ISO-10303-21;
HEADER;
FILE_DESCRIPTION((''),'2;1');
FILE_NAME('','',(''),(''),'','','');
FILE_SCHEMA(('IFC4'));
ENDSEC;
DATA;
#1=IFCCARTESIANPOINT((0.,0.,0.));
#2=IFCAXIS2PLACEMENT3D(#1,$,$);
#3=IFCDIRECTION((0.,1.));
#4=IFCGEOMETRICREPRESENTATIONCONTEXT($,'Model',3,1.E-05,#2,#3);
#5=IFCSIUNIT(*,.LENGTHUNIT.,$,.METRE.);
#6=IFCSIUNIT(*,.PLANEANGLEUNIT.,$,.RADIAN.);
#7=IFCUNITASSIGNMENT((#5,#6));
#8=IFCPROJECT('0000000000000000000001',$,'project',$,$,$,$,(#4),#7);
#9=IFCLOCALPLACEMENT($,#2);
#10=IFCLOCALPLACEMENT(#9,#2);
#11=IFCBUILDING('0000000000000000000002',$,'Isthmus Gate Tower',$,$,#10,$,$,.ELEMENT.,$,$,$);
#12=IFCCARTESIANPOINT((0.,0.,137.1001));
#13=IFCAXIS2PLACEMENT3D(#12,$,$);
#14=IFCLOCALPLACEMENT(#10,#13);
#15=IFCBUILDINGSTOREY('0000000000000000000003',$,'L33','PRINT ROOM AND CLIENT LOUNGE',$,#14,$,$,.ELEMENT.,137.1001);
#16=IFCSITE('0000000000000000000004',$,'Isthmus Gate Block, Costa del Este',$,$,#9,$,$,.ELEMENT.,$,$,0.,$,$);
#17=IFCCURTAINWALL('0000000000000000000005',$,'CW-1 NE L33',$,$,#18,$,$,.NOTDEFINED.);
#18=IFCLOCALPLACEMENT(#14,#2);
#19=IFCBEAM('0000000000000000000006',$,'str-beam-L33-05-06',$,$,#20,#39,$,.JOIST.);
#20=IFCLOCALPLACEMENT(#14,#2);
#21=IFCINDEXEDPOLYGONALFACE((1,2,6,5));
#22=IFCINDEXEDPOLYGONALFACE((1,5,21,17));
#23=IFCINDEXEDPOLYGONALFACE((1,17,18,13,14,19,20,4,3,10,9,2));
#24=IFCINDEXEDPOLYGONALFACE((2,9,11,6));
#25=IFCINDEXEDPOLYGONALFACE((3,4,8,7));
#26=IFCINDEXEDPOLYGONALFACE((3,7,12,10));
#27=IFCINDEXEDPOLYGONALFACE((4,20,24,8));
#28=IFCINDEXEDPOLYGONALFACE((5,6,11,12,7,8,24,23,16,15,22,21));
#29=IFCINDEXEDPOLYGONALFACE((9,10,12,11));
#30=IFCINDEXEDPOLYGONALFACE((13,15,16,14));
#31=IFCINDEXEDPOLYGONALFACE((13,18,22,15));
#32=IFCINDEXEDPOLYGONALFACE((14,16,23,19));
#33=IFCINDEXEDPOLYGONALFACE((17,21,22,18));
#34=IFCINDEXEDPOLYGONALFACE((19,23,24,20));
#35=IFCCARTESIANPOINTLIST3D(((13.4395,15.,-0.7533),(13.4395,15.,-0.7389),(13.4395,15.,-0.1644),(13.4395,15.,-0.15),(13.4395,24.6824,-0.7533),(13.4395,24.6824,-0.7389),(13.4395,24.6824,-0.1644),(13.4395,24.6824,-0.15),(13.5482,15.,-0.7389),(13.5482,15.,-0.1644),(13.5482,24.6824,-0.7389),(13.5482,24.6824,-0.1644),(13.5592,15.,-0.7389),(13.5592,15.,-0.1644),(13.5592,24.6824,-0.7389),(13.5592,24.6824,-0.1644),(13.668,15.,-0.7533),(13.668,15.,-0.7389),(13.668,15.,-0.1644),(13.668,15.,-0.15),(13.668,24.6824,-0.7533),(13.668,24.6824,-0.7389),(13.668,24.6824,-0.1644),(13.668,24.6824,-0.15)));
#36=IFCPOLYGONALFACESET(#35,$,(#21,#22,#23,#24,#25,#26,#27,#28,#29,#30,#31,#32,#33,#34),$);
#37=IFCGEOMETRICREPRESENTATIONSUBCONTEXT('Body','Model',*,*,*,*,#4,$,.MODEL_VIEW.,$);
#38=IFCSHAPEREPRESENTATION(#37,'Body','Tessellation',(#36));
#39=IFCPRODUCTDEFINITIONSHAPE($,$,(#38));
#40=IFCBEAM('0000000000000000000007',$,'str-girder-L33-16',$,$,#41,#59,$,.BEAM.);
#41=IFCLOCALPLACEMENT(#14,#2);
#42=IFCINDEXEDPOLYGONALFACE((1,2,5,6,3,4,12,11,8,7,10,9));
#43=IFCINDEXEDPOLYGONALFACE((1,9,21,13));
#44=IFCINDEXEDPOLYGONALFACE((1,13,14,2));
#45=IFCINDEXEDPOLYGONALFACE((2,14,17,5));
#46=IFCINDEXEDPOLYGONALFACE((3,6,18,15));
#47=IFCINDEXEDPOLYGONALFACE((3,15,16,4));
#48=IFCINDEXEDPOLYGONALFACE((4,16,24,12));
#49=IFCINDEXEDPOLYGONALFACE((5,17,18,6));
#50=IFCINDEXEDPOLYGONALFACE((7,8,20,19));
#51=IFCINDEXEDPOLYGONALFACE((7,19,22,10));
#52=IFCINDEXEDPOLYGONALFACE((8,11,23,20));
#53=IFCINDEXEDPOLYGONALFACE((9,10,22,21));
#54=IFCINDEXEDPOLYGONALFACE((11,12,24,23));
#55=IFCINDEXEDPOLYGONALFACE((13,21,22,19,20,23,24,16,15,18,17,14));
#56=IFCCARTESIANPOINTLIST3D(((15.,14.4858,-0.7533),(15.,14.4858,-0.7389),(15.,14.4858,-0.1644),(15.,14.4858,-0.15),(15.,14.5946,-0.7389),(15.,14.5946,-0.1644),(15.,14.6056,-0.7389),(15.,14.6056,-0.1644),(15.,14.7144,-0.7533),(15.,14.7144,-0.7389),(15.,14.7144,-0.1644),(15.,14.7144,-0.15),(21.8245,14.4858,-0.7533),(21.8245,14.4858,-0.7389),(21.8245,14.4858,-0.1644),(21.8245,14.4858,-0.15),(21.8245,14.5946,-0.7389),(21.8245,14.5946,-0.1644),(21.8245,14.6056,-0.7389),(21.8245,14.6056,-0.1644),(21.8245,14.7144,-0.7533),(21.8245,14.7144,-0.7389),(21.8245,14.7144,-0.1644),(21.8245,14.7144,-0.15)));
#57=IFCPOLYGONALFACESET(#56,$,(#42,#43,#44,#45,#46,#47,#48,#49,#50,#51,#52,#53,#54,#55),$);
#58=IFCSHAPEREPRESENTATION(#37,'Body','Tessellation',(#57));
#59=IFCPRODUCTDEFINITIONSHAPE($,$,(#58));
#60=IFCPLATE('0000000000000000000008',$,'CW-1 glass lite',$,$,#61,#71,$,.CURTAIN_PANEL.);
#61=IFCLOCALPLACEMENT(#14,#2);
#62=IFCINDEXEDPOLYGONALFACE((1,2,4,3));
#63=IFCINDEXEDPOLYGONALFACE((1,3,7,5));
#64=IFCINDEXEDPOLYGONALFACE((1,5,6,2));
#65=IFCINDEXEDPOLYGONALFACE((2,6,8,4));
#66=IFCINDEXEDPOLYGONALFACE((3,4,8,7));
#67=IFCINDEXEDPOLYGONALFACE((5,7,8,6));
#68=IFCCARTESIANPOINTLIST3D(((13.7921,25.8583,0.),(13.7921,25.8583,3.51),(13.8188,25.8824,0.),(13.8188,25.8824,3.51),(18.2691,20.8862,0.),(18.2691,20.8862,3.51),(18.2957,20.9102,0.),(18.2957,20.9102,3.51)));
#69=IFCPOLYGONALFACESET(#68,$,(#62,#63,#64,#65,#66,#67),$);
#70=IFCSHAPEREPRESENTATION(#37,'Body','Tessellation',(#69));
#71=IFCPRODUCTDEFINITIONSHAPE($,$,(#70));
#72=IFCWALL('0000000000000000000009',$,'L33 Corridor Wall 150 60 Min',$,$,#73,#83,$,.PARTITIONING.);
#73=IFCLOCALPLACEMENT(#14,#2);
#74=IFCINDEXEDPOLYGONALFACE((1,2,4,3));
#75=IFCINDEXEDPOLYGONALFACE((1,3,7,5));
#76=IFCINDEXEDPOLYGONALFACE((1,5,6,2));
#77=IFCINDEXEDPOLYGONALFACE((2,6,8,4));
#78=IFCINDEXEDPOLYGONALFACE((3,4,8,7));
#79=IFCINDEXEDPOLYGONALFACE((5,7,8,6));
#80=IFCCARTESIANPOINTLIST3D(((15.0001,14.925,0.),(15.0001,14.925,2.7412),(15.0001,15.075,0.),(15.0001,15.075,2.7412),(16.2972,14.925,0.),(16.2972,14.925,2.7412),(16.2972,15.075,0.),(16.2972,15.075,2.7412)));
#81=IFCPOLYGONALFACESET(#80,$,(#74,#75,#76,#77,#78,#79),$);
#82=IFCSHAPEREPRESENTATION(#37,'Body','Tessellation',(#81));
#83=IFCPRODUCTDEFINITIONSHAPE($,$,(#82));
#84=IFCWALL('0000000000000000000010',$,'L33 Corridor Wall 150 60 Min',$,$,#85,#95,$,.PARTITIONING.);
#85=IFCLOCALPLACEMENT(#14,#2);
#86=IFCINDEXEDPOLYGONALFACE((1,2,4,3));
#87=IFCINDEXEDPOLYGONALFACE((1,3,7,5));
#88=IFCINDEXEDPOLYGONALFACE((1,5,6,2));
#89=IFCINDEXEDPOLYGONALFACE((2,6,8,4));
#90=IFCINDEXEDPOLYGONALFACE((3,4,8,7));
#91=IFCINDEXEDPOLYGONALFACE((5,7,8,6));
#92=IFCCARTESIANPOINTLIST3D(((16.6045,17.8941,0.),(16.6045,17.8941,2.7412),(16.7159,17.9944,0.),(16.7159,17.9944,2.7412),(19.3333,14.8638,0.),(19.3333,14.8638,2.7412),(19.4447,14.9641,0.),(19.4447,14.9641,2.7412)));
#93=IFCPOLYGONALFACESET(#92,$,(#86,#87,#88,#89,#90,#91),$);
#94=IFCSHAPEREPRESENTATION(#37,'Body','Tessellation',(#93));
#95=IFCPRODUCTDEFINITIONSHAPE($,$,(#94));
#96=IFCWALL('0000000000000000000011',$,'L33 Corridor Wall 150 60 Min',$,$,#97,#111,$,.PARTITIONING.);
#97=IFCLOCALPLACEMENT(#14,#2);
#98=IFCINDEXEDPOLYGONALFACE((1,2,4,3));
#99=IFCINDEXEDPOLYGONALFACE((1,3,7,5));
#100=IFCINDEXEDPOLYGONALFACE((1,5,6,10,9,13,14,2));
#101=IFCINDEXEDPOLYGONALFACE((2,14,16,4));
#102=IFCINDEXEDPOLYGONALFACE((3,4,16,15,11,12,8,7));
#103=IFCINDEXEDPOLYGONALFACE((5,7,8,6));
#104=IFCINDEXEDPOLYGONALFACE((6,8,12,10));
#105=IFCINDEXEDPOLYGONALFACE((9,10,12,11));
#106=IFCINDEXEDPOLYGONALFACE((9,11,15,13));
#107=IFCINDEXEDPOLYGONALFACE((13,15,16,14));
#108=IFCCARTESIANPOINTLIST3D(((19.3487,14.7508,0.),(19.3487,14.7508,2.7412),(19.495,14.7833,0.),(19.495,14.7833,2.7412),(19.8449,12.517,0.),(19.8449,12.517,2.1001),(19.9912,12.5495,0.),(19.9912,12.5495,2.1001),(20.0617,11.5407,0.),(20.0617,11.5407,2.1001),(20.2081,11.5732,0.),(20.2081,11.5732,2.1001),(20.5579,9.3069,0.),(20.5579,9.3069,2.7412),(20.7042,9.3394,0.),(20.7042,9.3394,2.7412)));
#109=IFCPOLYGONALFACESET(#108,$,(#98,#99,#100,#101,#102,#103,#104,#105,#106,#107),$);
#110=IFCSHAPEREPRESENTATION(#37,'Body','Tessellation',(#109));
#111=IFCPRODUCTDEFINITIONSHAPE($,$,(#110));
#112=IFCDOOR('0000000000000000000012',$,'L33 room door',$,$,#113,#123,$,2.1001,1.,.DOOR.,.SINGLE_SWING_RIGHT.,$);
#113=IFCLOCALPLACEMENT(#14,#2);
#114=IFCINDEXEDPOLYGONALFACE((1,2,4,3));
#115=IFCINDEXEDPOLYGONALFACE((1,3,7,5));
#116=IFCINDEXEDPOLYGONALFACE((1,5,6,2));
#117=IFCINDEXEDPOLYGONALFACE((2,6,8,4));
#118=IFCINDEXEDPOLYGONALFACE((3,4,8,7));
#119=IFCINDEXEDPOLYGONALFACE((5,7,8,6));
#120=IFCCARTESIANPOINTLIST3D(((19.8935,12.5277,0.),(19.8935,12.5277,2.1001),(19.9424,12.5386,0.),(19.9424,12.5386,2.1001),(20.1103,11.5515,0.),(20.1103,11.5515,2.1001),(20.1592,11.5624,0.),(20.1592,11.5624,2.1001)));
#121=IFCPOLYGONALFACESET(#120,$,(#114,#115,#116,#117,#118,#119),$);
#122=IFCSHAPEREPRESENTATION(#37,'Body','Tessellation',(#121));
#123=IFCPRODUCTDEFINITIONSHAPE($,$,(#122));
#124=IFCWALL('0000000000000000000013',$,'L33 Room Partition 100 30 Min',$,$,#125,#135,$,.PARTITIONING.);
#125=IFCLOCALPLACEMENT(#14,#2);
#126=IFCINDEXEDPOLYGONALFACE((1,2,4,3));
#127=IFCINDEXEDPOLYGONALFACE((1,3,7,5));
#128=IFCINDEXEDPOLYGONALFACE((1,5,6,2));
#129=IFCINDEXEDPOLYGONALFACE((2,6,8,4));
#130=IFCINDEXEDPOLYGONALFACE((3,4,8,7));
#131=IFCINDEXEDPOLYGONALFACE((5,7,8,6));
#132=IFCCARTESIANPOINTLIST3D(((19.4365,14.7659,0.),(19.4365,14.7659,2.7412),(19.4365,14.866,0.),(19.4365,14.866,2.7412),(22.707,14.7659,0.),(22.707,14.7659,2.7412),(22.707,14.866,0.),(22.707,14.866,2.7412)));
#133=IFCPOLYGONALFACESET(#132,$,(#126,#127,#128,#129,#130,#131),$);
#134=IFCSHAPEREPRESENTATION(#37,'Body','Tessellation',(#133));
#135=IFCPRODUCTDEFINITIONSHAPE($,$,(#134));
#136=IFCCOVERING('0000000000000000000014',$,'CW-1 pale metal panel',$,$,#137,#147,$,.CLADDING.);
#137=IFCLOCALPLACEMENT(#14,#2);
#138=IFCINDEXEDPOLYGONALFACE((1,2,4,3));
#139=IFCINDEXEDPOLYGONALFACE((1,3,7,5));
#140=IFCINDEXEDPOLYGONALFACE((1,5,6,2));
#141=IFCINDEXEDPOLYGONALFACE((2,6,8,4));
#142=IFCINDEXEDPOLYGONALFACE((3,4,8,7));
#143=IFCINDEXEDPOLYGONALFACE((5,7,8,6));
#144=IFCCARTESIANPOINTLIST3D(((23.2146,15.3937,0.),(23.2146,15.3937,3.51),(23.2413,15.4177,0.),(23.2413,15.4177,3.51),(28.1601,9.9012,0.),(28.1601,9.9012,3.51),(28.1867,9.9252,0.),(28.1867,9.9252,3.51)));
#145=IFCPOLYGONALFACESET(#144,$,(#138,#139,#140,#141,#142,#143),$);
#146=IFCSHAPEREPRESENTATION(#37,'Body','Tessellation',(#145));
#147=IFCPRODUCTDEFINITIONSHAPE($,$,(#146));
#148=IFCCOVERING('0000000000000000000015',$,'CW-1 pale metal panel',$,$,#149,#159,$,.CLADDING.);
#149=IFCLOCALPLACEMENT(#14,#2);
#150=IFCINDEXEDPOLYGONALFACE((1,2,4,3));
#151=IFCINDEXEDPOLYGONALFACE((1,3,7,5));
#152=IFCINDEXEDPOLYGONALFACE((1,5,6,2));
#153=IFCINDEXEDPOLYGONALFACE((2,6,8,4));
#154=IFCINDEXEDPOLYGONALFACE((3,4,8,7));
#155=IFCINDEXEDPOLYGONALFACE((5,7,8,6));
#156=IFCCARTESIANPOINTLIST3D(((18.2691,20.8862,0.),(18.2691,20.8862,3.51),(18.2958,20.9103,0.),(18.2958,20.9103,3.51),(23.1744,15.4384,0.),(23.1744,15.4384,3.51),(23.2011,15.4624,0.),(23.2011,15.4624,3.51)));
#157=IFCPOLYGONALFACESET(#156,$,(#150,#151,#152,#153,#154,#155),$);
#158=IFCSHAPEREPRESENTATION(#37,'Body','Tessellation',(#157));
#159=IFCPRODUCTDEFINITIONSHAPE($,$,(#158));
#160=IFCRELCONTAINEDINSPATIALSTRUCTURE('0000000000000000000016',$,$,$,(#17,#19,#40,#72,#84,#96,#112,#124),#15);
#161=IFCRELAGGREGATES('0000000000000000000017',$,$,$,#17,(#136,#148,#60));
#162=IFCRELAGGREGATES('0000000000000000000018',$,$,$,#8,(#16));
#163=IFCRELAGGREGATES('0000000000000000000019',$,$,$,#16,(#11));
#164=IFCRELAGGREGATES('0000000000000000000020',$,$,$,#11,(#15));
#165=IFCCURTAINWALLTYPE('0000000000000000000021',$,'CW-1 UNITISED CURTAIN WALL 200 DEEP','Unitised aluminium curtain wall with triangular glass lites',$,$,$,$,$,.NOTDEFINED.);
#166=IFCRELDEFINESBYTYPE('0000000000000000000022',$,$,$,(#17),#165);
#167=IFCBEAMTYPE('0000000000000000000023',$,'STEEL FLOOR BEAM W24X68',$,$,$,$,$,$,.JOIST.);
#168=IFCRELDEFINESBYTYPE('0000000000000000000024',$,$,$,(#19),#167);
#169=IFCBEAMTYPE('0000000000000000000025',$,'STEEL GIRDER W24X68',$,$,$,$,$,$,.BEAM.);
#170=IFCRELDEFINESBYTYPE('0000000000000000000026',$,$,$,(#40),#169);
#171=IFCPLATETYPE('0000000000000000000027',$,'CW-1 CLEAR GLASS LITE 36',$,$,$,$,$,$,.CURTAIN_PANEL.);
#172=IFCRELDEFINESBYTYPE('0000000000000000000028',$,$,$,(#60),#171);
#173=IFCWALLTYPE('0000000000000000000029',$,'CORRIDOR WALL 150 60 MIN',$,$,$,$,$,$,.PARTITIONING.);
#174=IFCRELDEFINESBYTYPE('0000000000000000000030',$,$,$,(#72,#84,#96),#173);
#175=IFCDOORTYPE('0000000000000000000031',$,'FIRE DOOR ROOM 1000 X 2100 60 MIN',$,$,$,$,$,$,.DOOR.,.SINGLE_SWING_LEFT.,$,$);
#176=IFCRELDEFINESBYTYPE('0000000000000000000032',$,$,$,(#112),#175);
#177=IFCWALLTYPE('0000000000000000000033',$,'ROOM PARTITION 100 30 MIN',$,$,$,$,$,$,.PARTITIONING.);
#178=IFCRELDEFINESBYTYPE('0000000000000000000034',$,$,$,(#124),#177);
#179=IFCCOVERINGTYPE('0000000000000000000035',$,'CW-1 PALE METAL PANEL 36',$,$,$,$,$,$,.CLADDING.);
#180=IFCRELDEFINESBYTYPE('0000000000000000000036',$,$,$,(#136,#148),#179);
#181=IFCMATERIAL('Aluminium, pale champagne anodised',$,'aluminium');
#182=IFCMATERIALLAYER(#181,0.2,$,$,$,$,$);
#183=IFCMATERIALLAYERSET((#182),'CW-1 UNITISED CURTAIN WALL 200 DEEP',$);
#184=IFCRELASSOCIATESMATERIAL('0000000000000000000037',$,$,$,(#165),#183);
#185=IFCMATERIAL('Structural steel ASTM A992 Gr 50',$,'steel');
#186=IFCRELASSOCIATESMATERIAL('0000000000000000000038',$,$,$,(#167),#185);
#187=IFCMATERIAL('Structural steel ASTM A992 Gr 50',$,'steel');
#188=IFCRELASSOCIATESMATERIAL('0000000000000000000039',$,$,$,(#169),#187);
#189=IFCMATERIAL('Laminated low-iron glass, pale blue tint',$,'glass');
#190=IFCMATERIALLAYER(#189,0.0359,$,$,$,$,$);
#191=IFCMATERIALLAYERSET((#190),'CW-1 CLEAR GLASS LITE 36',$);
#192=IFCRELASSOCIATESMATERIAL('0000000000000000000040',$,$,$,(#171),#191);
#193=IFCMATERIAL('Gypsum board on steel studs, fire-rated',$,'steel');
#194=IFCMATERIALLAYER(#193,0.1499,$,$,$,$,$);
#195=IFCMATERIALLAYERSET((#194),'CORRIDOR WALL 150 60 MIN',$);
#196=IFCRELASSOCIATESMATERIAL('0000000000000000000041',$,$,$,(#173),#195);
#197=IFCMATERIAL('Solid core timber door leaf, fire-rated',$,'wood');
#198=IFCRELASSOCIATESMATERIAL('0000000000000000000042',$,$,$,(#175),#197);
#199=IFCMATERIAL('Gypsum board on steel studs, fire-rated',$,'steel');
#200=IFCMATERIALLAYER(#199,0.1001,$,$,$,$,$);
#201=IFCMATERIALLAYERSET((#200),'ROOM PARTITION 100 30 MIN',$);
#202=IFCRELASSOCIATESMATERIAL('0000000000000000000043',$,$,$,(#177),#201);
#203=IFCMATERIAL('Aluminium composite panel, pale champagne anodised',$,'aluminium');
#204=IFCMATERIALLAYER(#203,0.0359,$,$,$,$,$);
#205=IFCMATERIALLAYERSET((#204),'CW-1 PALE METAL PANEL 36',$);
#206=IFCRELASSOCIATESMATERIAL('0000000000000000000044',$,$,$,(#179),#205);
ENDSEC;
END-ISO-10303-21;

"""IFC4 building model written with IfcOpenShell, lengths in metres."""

from ifc_helpers import new_model, si_unit, direction, frame, frame_2d, origin, origin_2d, place, context, subcontext, project, spatial, rectangle, i_section, extrude, material, layer, layer_set, material_profile, profile_set, type_object, element, fill, aggregate, save


model = new_model("IFC4")

# Units and contexts
model_context = context("Model", 3, precision=1e-05, world=origin(), true_north=direction((0.0, 1.0)))
body_context = subcontext(model_context, "Body", "Model", "MODEL_VIEW")
ifc_project = project(units=[si_unit("LENGTHUNIT", "METRE"), si_unit("PLANEANGLEUNIT", "RADIAN")], contexts=[model_context])

# Site, building, storey
site_placement = place(None, origin())
site = spatial("IfcSite", under=ifc_project, at=site_placement, Name="Isthmus Gate Block, Costa del Este", CompositionType="ELEMENT", RefElevation=0.0)
building_placement = place(site_placement, origin())
building = spatial("IfcBuilding", under=site, at=building_placement, Name="Isthmus Gate Tower", CompositionType="ELEMENT")
storey_placement = place(building_placement, frame((0.0, 0.0, 137.1001)))
storey = spatial("IfcBuildingStorey", under=building, at=storey_placement, Name="L33", Description="PRINT ROOM AND CLIENT LOUNGE", CompositionType="ELEMENT", Elevation=137.1001)

# Curtain wall
ifc_material_1 = material(Name="Aluminium, pale champagne anodised", Category="aluminium")
ifc_layer_1 = layer(ifc_material_1, 0.2)
ifc_layer_set_1 = layer_set([ifc_layer_1], Name="CW-1 UNITISED CURTAIN WALL 200 DEEP")
curtain_wall_type = type_object("IfcCurtainWallType", Name="CW-1 UNITISED CURTAIN WALL 200 DEEP", Description="Unitised aluminium curtain wall with triangular glass lites", PredefinedType="NOTDEFINED", material=ifc_layer_set_1)
curtain_wall_1_placement = place(storey_placement, origin())
curtain_wall_1 = element("IfcCurtainWall", 1, at=curtain_wall_1_placement, inside=storey, type_object=curtain_wall_type, Name="CW-1 NE L33", PredefinedType="NOTDEFINED")

# Beams
ifc_material_2 = material(Name="Structural steel ASTM A992 Gr 50", Category="steel")
ifc_material_profile_1 = material_profile(ifc_material_2, i_section(OverallWidth=0.2285, OverallDepth=0.6033, WebThickness=0.011, FlangeThickness=0.0144, at=origin_2d()), Name="W24X68")
ifc_profile_set_1 = profile_set([ifc_material_profile_1], Name="Structural steel ASTM A992 Gr 50")
beam_type_1 = type_object("IfcBeamType", Name="STEEL FLOOR BEAM W24X68", PredefinedType="JOIST", material=ifc_profile_set_1)
beam_1_placement = place(storey_placement, frame((13.5537, 15.0, -0.4517), z_axis=(0.0, 1.0, 0.0), x_axis=(-1.0, 0.0, 0.0)))
element("IfcBeam", 2, at=beam_1_placement, inside=storey, type_object=beam_type_1, Name="str-beam-L33-05-06", PredefinedType="JOIST", context=body_context, shape_type="SweptSolid", body=[
    extrude(i_section(OverallWidth=0.2285, OverallDepth=0.6033, WebThickness=0.011, FlangeThickness=0.0144, at=origin_2d()), origin(), (0.0, 0.0, 1.0), 9.6824),
])
ifc_material_3 = material(Name="Structural steel ASTM A992 Gr 50", Category="steel")
ifc_material_profile_2 = material_profile(ifc_material_3, i_section(OverallWidth=0.2285, OverallDepth=0.6033, WebThickness=0.011, FlangeThickness=0.0144, at=origin_2d()), Name="W24X68")
ifc_profile_set_2 = profile_set([ifc_material_profile_2], Name="Structural steel ASTM A992 Gr 50")
beam_type_2 = type_object("IfcBeamType", Name="STEEL GIRDER W24X68", PredefinedType="BEAM", material=ifc_profile_set_2)
beam_2_placement = place(storey_placement, frame((15.0, 14.6001, -0.4517), z_axis=(1.0, 0.0, 0.0), x_axis=(0.0, 1.0, 0.0)))
element("IfcBeam", 3, at=beam_2_placement, inside=storey, type_object=beam_type_2, Name="str-girder-L33-16", PredefinedType="BEAM", context=body_context, shape_type="SweptSolid", body=[
    extrude(i_section(OverallWidth=0.2285, OverallDepth=0.6033, WebThickness=0.011, FlangeThickness=0.0144, at=origin_2d()), origin(), (0.0, 0.0, 1.0), 6.8245),
])

# Plate
ifc_material_4 = material(Name="Laminated low-iron glass, pale blue tint", Category="glass")
ifc_layer_2 = layer(ifc_material_4, 0.0359)
ifc_layer_set_2 = layer_set([ifc_layer_2], Name="CW-1 CLEAR GLASS LITE 36")
plate_type = type_object("IfcPlateType", Name="CW-1 CLEAR GLASS LITE 36", PredefinedType="CURTAIN_PANEL", material=ifc_layer_set_2)
plate_placement = place(storey_placement, frame((16.0439, 23.3843, 0.0), z_axis=(0.0, 0.0, 1.0), x_axis=(-0.669131, 0.743145, 0.0)))
plate = element("IfcPlate", 4, at=plate_placement, type_object=plate_type, Name="CW-1 glass lite", PredefinedType="CURTAIN_PANEL", context=body_context, shape_type="SweptSolid", body=[
    extrude(rectangle(XDim=6.6907, YDim=0.0359, at=origin_2d()), origin(), (0.0, 0.0, 1.0), 3.51),
])

# Walls
ifc_material_5 = material(Name="Gypsum board on steel studs, fire-rated", Category="steel")
ifc_layer_3 = layer(ifc_material_5, 0.1499)
ifc_layer_set_3 = layer_set([ifc_layer_3], Name="CORRIDOR WALL 150 60 MIN")
wall_type_1 = type_object("IfcWallType", Name="CORRIDOR WALL 150 60 MIN", PredefinedType="PARTITIONING", material=ifc_layer_set_3)
wall_1_placement = place(storey_placement, frame((16.2971, 15.0, 0.0), z_axis=(0.0, 0.0, 1.0), x_axis=(-1.0, 0.0, 0.0)))
element("IfcWall", 5, at=wall_1_placement, inside=storey, type_object=wall_type_1, Name="L33 Corridor Wall 150 60 Min", PredefinedType="PARTITIONING", context=body_context, shape_type="SweptSolid", body=[
    extrude(rectangle(XDim=1.2971, YDim=0.1499, at=frame_2d((0.6484, 0.0))), origin(), (0.0, 0.0, 1.0), 2.7412),
])
wall_2_placement = place(storey_placement, frame((16.6602, 17.9443, 0.0), z_axis=(0.0, 0.0, 1.0), x_axis=(0.66917, -0.74311, 0.0)))
element("IfcWall", 6, at=wall_2_placement, inside=storey, type_object=wall_type_1, Name="L33 Corridor Wall 150 60 Min", PredefinedType="PARTITIONING", context=body_context, shape_type="SweptSolid", body=[
    extrude(rectangle(XDim=4.0779, YDim=0.1499, at=frame_2d((2.0391, 0.0))), origin(), (0.0, 0.0, 1.0), 2.7412),
])

# Wall, opening, door
wall_3_placement = place(storey_placement, frame((19.4219, 14.7671, 0.0), z_axis=(0.0, 0.0, 1.0), x_axis=(0.216833, -0.976209, 0.0)))
wall_3 = element("IfcWall", 7, at=wall_3_placement, inside=storey, type_object=wall_type_1, Name="L33 Corridor Wall 150 60 Min", PredefinedType="PARTITIONING", context=body_context, shape_type="SweptSolid", body=[
    extrude(rectangle(XDim=5.5767, YDim=0.1499, at=frame_2d((2.7883, 0.0))), origin(), (0.0, 0.0, 1.0), 2.7412),
])
opening_placement = place(wall_3_placement, frame((2.2883, 0.0, 0.0)))
opening = element("IfcOpeningElement", 8, at=opening_placement, cuts=wall_3, PredefinedType="OPENING", context=body_context, shape_type="SweptSolid", body=[
    extrude(rectangle(XDim=1.0, YDim=2.1001, at=frame_2d((0.5, 1.05))), frame((0.0, 0.085, 0.0), z_axis=(0.0, -1.0, 0.0), x_axis=(1.0, 0.0, 0.0)), (0.0, 0.0, 1.0), 0.1699),
])
ifc_material_6 = material(Name="Solid core timber door leaf, fire-rated", Category="wood")
door_type = type_object("IfcDoorType", Name="FIRE DOOR ROOM 1000 X 2100 60 MIN", OperationType="SINGLE_SWING_LEFT", PredefinedType="DOOR", material=ifc_material_6)
door_placement = place(opening_placement, origin())
door = element("IfcDoor", 9, at=door_placement, inside=storey, type_object=door_type, Name="L33 room door", OperationType="SINGLE_SWING_RIGHT", OverallHeight=2.1001, OverallWidth=1.0, PredefinedType="DOOR", context=body_context, shape_type="SweptSolid", body=[
    extrude(rectangle(XDim=1.0, YDim=2.1001, at=frame_2d((0.5, 1.05))), frame((0.0, 0.0249, 0.0), z_axis=(0.0, -1.0, 0.0), x_axis=(1.0, 0.0, 0.0)), (0.0, 0.0, 1.0), 0.05),
])
fill(opening, door)

# Wall
ifc_material_7 = material(Name="Gypsum board on steel studs, fire-rated", Category="steel")
ifc_layer_4 = layer(ifc_material_7, 0.1001)
ifc_layer_set_4 = layer_set([ifc_layer_4], Name="ROOM PARTITION 100 30 MIN")
wall_type_2 = type_object("IfcWallType", Name="ROOM PARTITION 100 30 MIN", PredefinedType="PARTITIONING", material=ifc_layer_set_4)
wall_4_placement = place(storey_placement, frame((19.4365, 14.8159, 0.0), z_axis=(0.0, 0.0, 1.0), x_axis=(1.0, 0.0, 0.0)))
element("IfcWall", 10, at=wall_4_placement, inside=storey, type_object=wall_type_2, Name="L33 Room Partition 100 30 Min", PredefinedType="PARTITIONING", context=body_context, shape_type="SweptSolid", body=[
    extrude(rectangle(XDim=3.2705, YDim=0.1001, at=frame_2d((1.6353, 0.0))), origin(), (0.0, 0.0, 1.0), 2.7412),
])

# Coverings
ifc_material_8 = material(Name="Aluminium composite panel, pale champagne anodised", Category="aluminium")
ifc_layer_5 = layer(ifc_material_8, 0.0359)
ifc_layer_set_5 = layer_set([ifc_layer_5], Name="CW-1 PALE METAL PANEL 36")
covering_type = type_object("IfcCoveringType", Name="CW-1 PALE METAL PANEL 36", PredefinedType="CLADDING", material=ifc_layer_set_5)
covering_1_placement = place(storey_placement, frame((25.7007, 12.6594, 0.0), z_axis=(0.0, 0.0, 1.0), x_axis=(-0.669131, 0.743145, 0.0)))
covering_1 = element("IfcCovering", 11, at=covering_1_placement, type_object=covering_type, Name="CW-1 pale metal panel", PredefinedType="CLADDING", context=body_context, shape_type="SweptSolid", body=[
    extrude(rectangle(XDim=7.3909, YDim=0.0359, at=origin_2d()), origin(), (0.0, 0.0, 1.0), 3.51),
])
covering_2_placement = place(storey_placement, frame((20.7351, 18.1743, 0.0), z_axis=(0.0, 0.0, 1.0), x_axis=(-0.669131, 0.743145, 0.0)))
covering_2 = element("IfcCovering", 12, at=covering_2_placement, type_object=covering_type, Name="CW-1 pale metal panel", PredefinedType="CLADDING", context=body_context, shape_type="SweptSolid", body=[
    extrude(rectangle(XDim=7.3308, YDim=0.0359, at=origin_2d()), origin(), (0.0, 0.0, 1.0), 3.51),
])
aggregate(curtain_wall_1, [covering_1, covering_2, plate])

save(model, "model.ifc")
